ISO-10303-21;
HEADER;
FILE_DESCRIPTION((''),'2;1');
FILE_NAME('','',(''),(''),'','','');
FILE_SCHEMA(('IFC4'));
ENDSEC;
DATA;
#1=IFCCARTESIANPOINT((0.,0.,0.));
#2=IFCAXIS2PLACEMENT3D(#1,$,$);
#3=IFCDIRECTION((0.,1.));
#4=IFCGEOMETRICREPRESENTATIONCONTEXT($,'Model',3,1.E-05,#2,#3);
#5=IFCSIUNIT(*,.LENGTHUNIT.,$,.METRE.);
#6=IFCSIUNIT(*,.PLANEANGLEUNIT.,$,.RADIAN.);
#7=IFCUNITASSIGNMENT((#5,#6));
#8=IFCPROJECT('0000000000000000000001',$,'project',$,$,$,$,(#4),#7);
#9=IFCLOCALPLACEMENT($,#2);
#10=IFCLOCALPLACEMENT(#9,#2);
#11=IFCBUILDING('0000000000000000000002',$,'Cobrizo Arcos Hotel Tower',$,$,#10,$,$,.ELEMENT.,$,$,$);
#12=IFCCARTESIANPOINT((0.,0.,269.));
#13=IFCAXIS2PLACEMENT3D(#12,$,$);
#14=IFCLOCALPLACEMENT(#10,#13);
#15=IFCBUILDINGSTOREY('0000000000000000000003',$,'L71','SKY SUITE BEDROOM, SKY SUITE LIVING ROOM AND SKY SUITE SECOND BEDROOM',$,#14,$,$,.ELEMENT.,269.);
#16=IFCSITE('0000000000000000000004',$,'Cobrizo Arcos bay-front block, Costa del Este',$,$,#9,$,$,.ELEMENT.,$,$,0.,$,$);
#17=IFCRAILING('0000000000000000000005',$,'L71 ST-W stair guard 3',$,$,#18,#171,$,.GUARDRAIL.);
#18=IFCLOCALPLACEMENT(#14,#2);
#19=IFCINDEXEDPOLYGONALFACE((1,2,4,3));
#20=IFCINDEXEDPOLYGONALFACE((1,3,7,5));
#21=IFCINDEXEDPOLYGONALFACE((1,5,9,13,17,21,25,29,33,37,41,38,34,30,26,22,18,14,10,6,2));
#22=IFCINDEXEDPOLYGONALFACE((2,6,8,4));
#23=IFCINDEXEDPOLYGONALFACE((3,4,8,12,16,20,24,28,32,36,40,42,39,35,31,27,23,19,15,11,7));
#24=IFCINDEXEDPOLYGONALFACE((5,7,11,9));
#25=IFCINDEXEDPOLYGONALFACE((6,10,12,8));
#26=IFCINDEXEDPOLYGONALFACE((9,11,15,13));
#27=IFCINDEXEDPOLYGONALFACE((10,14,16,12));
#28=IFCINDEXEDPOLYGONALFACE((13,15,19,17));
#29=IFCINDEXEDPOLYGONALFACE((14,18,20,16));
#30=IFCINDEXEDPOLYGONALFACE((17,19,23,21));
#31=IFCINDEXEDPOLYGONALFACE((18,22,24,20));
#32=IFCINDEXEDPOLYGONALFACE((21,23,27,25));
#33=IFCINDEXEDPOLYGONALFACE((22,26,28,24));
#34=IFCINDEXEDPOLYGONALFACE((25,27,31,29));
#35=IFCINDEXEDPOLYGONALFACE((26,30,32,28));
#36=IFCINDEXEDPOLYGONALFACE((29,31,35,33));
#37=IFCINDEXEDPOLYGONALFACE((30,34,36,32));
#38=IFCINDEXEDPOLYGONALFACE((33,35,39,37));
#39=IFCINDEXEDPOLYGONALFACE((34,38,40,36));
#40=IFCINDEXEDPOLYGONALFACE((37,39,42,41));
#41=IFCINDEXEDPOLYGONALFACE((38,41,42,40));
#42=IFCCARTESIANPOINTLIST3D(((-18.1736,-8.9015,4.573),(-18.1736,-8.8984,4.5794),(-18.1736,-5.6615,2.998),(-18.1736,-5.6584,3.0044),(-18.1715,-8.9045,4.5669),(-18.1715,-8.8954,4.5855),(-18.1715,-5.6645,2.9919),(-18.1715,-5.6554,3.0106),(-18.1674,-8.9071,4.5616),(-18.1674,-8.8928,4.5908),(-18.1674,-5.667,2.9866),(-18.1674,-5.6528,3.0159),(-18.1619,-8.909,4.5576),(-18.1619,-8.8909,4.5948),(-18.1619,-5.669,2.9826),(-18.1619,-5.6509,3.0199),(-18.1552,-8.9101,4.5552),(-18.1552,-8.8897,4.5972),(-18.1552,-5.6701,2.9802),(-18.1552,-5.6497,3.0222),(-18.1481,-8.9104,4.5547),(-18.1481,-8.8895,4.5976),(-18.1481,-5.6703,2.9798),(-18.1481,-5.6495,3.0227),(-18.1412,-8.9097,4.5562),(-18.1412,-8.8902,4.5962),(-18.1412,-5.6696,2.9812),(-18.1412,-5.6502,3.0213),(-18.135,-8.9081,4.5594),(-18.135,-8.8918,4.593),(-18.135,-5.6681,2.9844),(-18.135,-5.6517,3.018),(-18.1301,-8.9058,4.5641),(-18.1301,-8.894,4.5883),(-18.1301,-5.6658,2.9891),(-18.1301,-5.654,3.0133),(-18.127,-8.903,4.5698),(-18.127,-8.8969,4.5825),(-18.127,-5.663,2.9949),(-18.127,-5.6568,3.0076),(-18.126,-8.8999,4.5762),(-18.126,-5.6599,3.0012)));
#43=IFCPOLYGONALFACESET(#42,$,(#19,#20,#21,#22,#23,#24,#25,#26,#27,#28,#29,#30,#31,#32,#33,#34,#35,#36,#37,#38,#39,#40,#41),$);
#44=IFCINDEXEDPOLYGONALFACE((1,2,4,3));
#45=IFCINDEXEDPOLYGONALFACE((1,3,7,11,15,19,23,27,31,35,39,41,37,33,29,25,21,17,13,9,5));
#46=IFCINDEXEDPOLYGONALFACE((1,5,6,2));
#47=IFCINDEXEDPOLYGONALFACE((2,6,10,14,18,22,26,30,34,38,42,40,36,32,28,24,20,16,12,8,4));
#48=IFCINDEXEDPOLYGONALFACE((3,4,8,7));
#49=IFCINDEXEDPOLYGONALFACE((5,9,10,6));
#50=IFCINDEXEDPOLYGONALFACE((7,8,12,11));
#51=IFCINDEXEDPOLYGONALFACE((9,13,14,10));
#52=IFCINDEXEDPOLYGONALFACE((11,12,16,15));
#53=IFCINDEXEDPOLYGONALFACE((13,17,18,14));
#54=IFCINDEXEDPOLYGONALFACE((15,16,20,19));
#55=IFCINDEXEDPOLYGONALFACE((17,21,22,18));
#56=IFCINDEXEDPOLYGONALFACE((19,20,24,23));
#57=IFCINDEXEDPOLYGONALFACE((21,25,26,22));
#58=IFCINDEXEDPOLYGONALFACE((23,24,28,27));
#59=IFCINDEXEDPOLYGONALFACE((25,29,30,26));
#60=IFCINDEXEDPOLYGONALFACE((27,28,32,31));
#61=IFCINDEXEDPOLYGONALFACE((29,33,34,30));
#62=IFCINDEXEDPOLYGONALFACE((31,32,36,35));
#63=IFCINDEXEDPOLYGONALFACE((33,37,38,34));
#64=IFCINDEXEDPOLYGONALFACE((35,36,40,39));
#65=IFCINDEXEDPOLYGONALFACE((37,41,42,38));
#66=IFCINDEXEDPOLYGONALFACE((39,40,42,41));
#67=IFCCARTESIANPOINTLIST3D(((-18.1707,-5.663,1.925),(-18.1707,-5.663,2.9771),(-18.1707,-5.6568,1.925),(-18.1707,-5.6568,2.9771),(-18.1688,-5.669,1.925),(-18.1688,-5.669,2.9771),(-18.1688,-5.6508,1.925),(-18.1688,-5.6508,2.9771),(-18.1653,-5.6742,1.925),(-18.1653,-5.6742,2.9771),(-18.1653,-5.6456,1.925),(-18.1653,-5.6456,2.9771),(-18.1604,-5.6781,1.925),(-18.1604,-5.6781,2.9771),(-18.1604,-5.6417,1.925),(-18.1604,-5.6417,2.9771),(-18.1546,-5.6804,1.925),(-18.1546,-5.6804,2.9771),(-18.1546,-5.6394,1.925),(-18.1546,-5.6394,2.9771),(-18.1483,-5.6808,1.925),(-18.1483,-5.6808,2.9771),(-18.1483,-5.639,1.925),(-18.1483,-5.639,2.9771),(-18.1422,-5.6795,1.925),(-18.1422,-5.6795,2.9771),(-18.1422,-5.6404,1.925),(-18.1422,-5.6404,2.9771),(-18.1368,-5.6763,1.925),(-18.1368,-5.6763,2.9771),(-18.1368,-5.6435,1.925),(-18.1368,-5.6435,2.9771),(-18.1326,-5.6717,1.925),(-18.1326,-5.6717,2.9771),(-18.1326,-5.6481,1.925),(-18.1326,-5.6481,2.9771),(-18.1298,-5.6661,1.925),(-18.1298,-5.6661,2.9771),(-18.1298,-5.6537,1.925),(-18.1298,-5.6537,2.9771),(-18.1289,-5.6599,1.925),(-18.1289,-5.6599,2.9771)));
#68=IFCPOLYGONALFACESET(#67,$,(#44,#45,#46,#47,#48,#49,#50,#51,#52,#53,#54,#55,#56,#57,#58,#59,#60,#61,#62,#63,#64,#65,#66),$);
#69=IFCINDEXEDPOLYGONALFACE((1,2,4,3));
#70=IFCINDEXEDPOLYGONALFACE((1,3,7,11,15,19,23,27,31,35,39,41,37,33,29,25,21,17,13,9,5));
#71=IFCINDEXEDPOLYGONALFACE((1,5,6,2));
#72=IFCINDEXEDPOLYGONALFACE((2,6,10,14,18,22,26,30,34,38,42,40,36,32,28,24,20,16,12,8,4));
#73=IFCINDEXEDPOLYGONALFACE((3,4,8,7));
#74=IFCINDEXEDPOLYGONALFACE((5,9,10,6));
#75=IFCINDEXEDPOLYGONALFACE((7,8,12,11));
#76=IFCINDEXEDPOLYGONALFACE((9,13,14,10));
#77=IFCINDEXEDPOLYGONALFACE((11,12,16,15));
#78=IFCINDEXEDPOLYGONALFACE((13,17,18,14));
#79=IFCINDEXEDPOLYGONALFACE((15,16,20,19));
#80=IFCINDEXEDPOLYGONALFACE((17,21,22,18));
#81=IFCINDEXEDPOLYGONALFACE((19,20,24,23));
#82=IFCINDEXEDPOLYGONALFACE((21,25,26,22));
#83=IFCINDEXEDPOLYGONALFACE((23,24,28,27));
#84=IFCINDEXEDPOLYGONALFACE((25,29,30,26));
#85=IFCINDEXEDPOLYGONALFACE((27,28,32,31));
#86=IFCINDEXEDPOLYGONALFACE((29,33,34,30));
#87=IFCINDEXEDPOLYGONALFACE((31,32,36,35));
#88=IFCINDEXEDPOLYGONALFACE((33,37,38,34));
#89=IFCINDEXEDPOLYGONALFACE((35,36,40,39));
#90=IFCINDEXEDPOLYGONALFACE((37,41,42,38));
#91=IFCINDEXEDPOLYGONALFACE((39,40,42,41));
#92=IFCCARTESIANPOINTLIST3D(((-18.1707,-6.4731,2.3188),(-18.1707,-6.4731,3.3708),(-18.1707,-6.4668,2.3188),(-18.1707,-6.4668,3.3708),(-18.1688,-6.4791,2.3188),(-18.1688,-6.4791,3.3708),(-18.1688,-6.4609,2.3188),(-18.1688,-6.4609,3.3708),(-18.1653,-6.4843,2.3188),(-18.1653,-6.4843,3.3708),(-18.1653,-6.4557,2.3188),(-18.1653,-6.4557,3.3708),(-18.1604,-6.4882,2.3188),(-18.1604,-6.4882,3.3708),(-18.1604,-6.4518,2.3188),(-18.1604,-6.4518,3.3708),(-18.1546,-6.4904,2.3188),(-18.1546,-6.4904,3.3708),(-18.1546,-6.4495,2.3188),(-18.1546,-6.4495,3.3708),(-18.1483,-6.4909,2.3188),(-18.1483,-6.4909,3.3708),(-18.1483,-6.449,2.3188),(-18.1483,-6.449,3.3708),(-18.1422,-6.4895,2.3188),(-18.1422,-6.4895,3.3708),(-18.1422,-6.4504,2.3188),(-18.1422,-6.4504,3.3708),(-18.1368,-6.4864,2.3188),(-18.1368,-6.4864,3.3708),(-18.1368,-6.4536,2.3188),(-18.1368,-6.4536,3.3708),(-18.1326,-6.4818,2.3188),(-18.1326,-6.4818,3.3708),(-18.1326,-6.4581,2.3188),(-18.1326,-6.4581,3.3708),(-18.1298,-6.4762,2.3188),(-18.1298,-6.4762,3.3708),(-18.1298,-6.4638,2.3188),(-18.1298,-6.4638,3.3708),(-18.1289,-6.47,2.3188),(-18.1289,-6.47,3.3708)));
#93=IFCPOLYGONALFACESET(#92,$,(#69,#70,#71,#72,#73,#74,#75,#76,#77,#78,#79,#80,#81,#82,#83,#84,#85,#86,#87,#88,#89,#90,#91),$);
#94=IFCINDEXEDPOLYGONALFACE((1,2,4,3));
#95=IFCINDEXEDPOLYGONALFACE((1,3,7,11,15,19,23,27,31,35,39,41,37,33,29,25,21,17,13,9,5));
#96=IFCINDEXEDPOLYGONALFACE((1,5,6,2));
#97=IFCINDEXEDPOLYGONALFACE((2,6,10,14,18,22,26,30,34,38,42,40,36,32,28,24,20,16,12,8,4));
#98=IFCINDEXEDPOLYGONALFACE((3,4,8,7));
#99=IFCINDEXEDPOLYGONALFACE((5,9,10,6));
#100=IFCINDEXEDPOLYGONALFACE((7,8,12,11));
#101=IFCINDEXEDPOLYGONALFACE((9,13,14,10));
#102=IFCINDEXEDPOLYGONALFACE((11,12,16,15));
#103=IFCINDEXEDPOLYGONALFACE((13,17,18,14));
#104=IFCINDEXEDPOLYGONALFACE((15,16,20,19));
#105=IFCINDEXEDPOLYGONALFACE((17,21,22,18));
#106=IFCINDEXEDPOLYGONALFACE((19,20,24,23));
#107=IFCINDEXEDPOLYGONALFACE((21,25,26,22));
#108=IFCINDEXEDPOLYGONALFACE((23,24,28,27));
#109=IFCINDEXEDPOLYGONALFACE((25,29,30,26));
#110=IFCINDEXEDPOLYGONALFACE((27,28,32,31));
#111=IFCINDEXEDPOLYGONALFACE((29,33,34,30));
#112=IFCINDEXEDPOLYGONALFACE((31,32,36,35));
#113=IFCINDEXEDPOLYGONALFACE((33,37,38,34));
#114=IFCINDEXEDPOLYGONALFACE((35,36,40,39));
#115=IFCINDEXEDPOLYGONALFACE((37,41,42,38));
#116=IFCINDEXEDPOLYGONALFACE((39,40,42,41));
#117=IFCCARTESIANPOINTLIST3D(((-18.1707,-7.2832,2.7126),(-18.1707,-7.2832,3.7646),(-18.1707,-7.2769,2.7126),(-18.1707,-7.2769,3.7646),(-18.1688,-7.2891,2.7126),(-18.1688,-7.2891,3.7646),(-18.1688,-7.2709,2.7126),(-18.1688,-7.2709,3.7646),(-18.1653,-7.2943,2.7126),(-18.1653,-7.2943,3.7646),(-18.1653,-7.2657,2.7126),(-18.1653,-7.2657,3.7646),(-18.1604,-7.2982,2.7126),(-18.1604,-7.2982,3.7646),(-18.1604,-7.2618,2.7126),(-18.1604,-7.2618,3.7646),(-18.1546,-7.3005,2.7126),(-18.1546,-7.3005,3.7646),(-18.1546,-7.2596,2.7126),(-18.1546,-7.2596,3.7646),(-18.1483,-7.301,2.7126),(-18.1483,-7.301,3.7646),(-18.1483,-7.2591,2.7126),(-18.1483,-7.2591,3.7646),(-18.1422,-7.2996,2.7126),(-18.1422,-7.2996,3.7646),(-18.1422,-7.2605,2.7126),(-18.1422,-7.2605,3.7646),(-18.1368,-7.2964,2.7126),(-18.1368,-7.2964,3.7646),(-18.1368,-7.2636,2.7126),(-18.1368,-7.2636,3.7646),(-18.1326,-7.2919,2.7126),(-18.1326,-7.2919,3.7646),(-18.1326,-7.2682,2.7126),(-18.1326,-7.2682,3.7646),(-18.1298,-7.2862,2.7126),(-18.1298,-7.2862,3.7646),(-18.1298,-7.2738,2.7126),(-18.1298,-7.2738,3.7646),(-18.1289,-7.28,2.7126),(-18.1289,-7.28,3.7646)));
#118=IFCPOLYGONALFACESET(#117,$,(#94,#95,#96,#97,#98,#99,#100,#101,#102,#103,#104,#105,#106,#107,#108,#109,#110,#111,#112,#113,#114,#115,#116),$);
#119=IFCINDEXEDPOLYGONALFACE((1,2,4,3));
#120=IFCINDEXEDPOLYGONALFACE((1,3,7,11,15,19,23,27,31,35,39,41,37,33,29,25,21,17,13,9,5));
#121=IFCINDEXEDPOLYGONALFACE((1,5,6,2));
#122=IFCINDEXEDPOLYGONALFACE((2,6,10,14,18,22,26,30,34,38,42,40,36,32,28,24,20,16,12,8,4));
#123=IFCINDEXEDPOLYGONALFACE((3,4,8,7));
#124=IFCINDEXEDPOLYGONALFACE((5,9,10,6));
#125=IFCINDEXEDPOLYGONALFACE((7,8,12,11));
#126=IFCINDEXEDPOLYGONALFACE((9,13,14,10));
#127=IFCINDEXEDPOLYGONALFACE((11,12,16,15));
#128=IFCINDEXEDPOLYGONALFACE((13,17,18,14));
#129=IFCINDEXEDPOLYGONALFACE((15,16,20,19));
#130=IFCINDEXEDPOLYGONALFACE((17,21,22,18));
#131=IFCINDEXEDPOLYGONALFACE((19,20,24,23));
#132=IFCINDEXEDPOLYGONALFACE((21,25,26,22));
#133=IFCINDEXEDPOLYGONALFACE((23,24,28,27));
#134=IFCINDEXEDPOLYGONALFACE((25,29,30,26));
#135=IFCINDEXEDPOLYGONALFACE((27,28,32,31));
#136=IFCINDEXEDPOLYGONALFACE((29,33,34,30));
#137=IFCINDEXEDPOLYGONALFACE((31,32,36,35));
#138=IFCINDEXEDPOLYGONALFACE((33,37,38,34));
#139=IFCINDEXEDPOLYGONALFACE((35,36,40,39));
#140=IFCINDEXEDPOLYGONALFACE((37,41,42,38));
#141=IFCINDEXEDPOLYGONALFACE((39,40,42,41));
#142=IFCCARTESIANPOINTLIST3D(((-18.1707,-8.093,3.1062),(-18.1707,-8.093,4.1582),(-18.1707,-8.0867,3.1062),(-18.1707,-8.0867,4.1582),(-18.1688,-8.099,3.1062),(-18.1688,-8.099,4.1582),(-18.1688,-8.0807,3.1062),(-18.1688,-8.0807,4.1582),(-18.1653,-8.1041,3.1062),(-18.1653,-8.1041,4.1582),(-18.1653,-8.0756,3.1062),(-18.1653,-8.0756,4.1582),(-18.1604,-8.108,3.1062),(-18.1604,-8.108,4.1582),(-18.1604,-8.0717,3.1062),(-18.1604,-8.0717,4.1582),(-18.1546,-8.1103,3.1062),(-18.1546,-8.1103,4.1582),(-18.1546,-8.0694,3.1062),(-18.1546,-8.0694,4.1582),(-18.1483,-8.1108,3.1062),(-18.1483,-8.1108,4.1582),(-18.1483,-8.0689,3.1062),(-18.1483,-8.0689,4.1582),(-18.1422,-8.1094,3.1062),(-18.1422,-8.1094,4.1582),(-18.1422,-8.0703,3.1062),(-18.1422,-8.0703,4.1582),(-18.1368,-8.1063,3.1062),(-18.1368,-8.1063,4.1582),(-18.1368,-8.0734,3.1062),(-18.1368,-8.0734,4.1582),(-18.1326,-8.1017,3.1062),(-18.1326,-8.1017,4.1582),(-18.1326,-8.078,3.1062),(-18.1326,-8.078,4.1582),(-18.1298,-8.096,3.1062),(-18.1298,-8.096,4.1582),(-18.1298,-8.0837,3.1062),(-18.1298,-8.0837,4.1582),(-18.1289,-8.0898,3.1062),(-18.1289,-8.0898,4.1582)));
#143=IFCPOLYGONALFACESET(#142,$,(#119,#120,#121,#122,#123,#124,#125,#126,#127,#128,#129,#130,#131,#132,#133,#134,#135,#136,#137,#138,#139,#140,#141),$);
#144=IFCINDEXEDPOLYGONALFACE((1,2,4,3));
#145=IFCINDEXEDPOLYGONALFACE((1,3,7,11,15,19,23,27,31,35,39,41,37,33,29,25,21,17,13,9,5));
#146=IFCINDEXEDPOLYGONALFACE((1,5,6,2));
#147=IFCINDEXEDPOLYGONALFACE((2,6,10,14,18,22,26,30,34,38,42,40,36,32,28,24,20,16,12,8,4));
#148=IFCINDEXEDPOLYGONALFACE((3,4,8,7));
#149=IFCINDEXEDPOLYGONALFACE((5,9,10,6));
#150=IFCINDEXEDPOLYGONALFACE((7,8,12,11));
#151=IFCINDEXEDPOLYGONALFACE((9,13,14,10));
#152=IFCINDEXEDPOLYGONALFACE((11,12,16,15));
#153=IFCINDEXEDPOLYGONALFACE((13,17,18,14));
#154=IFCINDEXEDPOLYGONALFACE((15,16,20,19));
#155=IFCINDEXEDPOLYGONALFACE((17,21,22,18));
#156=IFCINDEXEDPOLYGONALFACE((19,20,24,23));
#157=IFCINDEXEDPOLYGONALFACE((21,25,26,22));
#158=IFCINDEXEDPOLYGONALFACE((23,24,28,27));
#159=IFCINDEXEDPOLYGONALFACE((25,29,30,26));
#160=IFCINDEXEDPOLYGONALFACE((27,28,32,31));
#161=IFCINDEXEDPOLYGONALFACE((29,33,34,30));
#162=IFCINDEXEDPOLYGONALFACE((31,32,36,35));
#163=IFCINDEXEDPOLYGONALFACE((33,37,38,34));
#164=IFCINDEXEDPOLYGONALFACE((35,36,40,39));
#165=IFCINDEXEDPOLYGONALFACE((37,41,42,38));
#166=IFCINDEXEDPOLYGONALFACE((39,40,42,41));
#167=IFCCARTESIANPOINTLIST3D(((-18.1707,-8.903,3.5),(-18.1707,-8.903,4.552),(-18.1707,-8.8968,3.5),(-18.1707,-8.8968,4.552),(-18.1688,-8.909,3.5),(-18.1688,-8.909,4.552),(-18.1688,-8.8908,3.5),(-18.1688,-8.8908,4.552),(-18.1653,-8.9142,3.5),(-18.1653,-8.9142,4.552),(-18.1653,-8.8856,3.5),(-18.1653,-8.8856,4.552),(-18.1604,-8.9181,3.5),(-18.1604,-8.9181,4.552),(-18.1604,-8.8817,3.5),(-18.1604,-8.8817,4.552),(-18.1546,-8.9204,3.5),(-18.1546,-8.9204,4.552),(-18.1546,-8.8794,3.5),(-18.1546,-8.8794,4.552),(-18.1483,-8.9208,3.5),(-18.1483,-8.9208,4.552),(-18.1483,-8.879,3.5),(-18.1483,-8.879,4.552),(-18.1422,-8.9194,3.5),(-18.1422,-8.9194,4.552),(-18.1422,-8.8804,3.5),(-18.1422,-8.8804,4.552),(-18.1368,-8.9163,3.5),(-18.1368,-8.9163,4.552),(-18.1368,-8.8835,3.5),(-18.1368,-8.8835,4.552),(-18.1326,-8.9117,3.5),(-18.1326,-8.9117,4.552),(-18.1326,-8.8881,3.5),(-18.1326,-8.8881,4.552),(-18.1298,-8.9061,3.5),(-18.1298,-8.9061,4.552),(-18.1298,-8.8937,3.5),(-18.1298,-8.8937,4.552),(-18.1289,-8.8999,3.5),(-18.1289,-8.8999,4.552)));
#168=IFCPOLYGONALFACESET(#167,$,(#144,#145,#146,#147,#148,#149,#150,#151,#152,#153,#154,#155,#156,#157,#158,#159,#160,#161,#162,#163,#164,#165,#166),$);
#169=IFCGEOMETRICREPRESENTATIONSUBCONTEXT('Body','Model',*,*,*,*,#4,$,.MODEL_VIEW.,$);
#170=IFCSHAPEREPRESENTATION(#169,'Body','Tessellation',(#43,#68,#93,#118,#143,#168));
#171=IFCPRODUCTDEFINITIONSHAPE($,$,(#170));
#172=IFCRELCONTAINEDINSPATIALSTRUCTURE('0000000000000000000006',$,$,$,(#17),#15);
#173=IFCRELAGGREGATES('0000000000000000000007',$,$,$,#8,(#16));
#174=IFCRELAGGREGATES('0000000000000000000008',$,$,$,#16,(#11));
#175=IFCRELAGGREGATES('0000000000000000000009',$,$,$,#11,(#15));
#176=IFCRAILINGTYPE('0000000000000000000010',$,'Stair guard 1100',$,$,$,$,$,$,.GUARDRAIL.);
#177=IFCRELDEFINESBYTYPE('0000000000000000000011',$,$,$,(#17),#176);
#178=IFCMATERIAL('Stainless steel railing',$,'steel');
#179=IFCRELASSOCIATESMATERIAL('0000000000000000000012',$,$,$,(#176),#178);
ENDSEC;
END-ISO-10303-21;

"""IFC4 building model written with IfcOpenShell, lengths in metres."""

from ifc_helpers import new_model, si_unit, direction, frame, origin, origin_2d, place, context, subcontext, project, spatial, circle, extrude, material, type_object, element, save


model = new_model("IFC4")

# Units and contexts
model_context = context("Model", 3, precision=1e-05, world=origin(), true_north=direction((0.0, 1.0)))
body_context = subcontext(model_context, "Body", "Model", "MODEL_VIEW")
ifc_project = project(units=[si_unit("LENGTHUNIT", "METRE"), si_unit("PLANEANGLEUNIT", "RADIAN")], contexts=[model_context])

# Site, building, storey
site_placement = place(None, origin())
site = spatial("IfcSite", under=ifc_project, at=site_placement, Name="Cobrizo Arcos bay-front block, Costa del Este", CompositionType="ELEMENT", RefElevation=0.0)
building_placement = place(site_placement, origin())
building = spatial("IfcBuilding", under=site, at=building_placement, Name="Cobrizo Arcos Hotel Tower", CompositionType="ELEMENT")
storey_placement = place(building_placement, frame((0.0, 0.0, 269.0)))
storey = spatial("IfcBuildingStorey", under=building, at=storey_placement, Name="L71", Description="SKY SUITE BEDROOM, SKY SUITE LIVING ROOM AND SKY SUITE SECOND BEDROOM", CompositionType="ELEMENT", Elevation=269.0)

# Railing
ifc_material_1 = material(Name="Stainless steel railing", Category="steel")
railing_type_1 = type_object("IfcRailingType", Name="Stair guard 1100", PredefinedType="GUARDRAIL", material=ifc_material_1)
railing_1_placement = place(storey_placement, frame((-18.1499, -5.6599, 1.925)))
element("IfcRailing", 1, at=railing_1_placement, inside=storey, type_object=railing_type_1, Name="L71 ST-W stair guard 3", PredefinedType="GUARDRAIL", context=body_context, shape_type="SweptSolid", body=[
    extrude(circle(Radius=0.0239, at=origin_2d()), frame((0.0, 0.0, 1.0762), z_axis=(0.0, -0.899373, 0.437183), x_axis=(1.0, 0.0, 0.0)), (0.0, 0.0, 1.0), 3.6025),
    extrude(circle(Radius=0.021, at=origin_2d()), origin(), (0.0, 0.0, 1.0), 1.052),
    extrude(circle(Radius=0.021, at=origin_2d()), frame((0.0, -0.8101, 0.3938)), (0.0, 0.0, 1.0), 1.052),
    extrude(circle(Radius=0.021, at=origin_2d()), frame((0.0, -1.6201, 0.7876)), (0.0, 0.0, 1.0), 1.052),
    extrude(circle(Radius=0.021, at=origin_2d()), frame((0.0, -2.4299, 1.1812)), (0.0, 0.0, 1.0), 1.052),
    extrude(circle(Radius=0.021, at=origin_2d()), frame((0.0, -3.24, 1.575)), (0.0, 0.0, 1.0), 1.052),
])

save(model, "model.ifc")
